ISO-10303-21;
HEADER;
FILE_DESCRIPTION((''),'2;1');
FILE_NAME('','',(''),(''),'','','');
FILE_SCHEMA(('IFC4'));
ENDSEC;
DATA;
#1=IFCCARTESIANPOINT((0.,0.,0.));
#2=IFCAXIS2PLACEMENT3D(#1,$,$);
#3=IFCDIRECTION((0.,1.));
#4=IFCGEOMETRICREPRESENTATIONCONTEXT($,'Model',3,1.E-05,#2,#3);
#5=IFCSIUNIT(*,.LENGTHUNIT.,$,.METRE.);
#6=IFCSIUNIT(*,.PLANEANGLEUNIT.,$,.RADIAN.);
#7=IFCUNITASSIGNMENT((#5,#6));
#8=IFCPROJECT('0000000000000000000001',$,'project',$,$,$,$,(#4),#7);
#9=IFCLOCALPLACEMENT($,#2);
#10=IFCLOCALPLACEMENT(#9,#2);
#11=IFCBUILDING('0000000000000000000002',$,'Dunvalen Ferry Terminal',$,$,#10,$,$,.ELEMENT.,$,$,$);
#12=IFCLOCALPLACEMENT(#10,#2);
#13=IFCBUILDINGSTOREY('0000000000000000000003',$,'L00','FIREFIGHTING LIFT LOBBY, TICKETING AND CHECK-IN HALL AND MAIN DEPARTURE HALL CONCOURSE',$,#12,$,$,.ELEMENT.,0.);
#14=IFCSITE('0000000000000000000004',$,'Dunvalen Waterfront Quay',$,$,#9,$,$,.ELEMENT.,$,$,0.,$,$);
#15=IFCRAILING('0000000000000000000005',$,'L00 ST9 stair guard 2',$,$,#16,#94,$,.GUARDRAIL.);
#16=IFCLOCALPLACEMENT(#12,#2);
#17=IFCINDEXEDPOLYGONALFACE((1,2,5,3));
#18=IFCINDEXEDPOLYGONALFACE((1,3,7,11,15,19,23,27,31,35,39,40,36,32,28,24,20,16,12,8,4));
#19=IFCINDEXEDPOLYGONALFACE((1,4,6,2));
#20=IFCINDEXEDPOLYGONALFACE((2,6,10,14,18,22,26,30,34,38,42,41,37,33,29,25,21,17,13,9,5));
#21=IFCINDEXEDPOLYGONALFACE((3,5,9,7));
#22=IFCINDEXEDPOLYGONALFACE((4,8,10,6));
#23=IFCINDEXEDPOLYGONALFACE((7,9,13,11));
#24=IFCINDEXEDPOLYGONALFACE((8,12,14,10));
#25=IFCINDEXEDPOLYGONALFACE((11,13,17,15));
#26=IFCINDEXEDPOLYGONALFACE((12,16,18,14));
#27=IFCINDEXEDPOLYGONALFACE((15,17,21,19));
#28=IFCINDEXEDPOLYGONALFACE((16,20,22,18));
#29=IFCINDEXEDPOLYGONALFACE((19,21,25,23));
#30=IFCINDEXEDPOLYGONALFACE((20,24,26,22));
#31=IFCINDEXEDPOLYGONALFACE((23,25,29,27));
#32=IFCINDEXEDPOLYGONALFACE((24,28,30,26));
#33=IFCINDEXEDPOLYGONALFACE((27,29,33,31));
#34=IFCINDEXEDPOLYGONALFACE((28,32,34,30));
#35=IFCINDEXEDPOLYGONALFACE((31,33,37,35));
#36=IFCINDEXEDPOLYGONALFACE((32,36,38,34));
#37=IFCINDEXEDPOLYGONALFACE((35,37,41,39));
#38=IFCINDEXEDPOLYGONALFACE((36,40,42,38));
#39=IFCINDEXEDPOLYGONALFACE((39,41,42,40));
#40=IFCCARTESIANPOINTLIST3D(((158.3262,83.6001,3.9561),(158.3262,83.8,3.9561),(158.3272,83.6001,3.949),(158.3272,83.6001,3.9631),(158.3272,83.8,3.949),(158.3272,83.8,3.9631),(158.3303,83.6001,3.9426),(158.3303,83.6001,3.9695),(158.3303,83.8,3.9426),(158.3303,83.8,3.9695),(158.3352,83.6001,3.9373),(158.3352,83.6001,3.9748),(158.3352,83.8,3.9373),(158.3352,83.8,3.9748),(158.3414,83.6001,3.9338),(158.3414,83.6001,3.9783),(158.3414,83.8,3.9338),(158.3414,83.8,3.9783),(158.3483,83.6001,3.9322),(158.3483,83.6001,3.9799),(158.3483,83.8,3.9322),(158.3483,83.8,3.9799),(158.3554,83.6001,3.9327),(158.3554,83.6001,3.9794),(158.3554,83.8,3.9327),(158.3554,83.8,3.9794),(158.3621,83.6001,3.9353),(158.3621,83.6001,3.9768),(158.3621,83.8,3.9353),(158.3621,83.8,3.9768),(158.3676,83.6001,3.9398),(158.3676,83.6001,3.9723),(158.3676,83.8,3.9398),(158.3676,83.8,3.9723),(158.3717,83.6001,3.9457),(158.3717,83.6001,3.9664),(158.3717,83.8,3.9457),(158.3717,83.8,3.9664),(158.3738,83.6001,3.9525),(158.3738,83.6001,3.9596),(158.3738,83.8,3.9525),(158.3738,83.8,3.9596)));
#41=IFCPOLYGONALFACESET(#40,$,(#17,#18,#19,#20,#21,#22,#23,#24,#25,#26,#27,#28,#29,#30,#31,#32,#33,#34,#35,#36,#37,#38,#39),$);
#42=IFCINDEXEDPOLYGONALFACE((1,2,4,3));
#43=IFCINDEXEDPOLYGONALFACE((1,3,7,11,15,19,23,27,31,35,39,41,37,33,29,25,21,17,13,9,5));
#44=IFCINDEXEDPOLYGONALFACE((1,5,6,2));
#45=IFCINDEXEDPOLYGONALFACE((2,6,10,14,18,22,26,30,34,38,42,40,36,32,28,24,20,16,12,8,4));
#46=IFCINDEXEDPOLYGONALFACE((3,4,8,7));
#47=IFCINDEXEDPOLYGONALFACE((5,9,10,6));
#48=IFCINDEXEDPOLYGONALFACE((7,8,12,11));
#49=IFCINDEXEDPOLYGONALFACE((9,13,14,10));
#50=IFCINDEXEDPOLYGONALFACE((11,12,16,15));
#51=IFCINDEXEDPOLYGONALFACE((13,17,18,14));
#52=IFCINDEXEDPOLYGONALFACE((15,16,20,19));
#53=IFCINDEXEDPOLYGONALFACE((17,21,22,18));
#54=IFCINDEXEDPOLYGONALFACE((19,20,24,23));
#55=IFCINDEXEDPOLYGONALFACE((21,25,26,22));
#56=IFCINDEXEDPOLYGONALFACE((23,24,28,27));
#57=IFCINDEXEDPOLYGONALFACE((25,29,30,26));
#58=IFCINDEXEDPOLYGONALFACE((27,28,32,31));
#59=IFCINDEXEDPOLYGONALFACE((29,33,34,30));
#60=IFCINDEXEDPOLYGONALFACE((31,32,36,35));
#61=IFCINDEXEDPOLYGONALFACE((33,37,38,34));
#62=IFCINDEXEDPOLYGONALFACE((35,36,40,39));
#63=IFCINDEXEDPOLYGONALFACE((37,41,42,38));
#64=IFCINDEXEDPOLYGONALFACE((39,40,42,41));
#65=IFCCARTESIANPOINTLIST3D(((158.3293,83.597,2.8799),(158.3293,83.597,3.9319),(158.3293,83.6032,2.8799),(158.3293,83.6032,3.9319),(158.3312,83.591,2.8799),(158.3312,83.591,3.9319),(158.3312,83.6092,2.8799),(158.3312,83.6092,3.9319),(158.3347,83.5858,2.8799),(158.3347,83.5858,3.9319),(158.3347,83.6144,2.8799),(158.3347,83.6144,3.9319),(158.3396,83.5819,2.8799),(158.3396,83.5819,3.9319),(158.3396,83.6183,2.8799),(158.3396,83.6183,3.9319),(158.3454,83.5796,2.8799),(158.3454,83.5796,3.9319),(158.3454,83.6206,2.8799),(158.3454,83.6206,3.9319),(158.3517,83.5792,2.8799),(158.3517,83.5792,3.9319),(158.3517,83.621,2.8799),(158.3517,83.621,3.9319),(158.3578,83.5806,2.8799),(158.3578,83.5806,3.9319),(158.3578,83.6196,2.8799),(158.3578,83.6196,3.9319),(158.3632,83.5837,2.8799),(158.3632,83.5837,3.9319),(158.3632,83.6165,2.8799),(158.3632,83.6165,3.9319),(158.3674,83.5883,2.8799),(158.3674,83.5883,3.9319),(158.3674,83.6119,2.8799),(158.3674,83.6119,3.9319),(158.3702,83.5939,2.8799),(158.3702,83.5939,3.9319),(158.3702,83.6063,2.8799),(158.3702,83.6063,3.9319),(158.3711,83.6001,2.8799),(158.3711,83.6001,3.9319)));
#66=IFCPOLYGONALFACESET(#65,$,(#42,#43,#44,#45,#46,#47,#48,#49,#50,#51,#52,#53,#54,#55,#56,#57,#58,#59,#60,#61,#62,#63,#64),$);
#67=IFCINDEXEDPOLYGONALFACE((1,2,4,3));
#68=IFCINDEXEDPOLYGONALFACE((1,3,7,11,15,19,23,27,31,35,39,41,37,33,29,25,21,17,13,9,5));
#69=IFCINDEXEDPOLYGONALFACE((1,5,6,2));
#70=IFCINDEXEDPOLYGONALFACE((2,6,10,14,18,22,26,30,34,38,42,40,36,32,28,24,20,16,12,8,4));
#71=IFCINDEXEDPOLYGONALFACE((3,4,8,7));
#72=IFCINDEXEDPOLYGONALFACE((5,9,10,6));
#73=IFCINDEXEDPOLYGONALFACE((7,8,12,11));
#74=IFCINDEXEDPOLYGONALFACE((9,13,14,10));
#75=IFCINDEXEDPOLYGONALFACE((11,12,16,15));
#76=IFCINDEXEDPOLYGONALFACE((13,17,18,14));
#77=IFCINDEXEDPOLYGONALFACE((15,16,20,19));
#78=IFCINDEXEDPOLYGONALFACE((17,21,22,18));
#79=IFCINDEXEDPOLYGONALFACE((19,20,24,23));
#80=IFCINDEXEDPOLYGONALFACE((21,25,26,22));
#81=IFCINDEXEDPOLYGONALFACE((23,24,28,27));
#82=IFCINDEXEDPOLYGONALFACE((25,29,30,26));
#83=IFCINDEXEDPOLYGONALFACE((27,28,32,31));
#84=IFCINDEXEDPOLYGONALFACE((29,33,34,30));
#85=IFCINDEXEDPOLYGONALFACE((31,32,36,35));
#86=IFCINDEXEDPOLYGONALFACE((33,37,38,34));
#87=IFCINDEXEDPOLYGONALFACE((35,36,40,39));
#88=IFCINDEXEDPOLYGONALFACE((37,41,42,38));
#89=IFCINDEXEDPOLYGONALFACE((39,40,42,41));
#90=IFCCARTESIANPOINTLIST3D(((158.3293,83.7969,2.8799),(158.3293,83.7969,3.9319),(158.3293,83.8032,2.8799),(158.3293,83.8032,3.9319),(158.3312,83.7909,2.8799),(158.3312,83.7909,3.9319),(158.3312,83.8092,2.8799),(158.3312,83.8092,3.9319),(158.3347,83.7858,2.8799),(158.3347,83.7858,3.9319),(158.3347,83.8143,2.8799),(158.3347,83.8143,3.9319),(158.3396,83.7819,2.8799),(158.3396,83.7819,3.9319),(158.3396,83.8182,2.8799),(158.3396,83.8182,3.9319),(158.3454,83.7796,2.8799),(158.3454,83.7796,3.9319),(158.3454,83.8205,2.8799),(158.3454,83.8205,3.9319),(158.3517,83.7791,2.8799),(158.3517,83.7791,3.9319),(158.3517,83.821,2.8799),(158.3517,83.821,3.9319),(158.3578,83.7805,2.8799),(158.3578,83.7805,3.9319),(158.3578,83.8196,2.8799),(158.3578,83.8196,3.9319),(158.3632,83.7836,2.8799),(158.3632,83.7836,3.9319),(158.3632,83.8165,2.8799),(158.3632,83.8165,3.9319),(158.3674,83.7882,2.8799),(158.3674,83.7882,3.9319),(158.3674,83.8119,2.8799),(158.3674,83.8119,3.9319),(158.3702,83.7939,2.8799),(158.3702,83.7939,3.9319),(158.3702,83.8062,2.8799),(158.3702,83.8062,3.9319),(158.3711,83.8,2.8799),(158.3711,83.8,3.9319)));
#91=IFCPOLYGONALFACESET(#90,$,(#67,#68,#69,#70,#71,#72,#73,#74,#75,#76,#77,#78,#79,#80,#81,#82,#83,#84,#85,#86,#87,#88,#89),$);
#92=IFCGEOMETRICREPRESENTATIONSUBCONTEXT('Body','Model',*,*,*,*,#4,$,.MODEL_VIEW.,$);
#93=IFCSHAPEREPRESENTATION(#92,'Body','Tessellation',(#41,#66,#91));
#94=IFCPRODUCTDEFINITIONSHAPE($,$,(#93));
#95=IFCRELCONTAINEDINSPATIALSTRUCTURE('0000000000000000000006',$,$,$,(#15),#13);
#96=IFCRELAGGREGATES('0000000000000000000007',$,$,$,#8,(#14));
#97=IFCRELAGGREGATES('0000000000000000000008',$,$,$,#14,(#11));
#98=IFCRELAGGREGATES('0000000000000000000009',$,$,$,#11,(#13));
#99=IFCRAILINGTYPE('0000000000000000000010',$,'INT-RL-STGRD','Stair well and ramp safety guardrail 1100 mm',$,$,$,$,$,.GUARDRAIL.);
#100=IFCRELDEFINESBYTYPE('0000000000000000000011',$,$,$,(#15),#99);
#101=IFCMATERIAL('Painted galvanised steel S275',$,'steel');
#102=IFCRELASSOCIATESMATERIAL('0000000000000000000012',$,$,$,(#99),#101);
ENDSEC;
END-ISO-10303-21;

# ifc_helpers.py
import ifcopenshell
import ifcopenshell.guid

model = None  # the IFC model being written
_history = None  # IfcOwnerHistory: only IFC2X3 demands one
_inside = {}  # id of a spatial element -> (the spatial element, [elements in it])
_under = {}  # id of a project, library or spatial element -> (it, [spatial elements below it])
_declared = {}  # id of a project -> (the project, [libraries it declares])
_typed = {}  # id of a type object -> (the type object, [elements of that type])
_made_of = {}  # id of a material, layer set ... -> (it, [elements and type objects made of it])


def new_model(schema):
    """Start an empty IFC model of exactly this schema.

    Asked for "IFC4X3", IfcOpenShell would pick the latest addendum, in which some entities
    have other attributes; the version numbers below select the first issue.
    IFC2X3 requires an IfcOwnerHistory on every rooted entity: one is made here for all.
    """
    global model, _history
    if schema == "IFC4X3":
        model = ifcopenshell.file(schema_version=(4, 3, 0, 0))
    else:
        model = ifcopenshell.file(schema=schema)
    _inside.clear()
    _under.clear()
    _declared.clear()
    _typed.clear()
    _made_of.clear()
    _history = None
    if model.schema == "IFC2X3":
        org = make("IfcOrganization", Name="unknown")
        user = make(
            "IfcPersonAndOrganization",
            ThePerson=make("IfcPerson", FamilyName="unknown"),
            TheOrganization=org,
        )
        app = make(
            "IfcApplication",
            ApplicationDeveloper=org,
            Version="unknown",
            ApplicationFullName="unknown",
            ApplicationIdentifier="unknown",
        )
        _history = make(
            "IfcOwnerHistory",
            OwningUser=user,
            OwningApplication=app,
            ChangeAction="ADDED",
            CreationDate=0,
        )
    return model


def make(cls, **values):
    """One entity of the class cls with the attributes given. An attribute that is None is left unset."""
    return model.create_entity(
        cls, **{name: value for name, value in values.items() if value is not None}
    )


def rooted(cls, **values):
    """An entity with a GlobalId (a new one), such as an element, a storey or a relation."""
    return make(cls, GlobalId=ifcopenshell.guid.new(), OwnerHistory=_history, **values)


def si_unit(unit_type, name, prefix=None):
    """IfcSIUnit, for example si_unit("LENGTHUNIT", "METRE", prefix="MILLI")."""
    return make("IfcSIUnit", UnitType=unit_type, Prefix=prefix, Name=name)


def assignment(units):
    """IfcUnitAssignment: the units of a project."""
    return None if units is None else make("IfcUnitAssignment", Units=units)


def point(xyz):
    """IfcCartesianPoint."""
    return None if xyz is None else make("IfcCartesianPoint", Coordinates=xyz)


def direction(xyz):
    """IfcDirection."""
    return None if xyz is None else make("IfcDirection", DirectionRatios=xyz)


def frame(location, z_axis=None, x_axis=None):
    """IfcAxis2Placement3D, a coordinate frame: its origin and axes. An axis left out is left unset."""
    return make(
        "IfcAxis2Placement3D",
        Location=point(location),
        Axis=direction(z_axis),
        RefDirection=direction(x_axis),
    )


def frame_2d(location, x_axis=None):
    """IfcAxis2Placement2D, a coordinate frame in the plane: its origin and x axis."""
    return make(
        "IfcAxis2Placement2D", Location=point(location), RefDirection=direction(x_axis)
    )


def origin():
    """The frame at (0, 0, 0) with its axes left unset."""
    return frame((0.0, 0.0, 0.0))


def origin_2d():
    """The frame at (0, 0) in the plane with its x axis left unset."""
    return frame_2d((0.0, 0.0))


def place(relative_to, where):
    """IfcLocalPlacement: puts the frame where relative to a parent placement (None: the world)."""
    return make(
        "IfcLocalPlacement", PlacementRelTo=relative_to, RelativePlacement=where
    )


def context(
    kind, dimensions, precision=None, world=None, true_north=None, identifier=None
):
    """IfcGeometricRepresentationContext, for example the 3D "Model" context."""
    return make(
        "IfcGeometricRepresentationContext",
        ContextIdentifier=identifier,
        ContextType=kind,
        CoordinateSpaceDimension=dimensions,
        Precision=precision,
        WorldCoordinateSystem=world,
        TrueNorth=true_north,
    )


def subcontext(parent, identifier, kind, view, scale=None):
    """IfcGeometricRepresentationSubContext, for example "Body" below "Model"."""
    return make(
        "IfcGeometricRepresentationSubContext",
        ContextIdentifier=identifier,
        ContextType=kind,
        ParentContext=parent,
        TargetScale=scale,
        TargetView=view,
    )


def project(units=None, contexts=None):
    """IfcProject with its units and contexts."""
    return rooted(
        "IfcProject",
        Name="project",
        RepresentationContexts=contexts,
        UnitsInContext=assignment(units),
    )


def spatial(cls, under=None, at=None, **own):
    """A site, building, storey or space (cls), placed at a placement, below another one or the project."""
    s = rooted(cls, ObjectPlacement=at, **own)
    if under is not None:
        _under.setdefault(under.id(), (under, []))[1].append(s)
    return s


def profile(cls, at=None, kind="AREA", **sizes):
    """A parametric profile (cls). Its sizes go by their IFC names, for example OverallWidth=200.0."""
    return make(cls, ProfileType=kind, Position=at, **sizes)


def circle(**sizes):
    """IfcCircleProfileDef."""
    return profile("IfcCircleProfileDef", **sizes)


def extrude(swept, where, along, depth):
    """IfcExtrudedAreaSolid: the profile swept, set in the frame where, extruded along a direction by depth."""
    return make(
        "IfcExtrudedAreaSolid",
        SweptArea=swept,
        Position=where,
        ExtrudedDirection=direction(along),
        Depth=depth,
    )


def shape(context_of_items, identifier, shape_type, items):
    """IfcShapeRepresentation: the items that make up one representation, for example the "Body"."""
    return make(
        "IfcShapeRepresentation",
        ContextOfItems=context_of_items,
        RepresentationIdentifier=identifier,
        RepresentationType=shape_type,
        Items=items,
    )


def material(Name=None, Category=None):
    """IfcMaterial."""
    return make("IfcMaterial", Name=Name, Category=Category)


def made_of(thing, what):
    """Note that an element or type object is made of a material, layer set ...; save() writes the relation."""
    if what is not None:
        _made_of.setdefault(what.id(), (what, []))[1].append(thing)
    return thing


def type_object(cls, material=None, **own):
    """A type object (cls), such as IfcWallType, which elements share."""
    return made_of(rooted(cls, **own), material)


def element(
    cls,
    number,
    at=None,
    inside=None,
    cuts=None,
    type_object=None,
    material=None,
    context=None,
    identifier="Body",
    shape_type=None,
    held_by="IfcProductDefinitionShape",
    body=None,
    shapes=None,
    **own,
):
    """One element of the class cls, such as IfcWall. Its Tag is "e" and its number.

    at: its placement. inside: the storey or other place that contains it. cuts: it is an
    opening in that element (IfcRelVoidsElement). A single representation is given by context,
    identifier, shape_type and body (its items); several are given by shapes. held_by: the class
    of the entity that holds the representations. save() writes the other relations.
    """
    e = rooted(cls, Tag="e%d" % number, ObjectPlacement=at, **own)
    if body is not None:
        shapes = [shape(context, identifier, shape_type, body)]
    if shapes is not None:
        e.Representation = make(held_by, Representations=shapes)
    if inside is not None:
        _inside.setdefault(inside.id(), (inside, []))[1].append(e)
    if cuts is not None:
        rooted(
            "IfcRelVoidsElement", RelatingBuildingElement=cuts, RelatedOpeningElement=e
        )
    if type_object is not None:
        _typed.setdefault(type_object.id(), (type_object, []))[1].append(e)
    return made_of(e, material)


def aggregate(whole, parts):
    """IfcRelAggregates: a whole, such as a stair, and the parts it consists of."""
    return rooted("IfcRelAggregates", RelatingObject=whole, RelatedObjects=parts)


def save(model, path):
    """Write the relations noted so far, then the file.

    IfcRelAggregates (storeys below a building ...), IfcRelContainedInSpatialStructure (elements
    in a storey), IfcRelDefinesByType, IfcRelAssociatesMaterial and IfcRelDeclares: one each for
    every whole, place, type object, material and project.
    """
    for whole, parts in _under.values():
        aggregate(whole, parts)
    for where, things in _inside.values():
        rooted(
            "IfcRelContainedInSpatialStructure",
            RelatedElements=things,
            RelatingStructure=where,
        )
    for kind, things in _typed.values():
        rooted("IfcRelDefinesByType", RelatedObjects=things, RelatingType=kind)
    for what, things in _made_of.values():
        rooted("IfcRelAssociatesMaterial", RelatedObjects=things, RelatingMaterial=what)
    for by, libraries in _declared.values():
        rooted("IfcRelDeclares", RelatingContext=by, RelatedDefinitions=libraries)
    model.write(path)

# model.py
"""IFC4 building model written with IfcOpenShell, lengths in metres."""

from ifc_helpers import new_model, si_unit, direction, frame, origin, origin_2d, place, context, subcontext, project, spatial, circle, extrude, material, type_object, element, save


model = new_model("IFC4")

# Units and contexts
model_context = context("Model", 3, precision=1e-05, world=origin(), true_north=direction((0.0, 1.0)))
body_context = subcontext(model_context, "Body", "Model", "MODEL_VIEW")
ifc_project = project(units=[si_unit("LENGTHUNIT", "METRE"), si_unit("PLANEANGLEUNIT", "RADIAN")], contexts=[model_context])

# Site, building, storey
site_placement = place(None, origin())
site = spatial("IfcSite", under=ifc_project, at=site_placement, Name="Dunvalen Waterfront Quay", CompositionType="ELEMENT", RefElevation=0.0)
building_placement = place(site_placement, origin())
building = spatial("IfcBuilding", under=site, at=building_placement, Name="Dunvalen Ferry Terminal", CompositionType="ELEMENT")
storey_placement = place(building_placement, origin())
storey = spatial("IfcBuildingStorey", under=building, at=storey_placement, Name="L00", Description="FIREFIGHTING LIFT LOBBY, TICKETING AND CHECK-IN HALL AND MAIN DEPARTURE HALL CONCOURSE", CompositionType="ELEMENT", Elevation=0.0)

# Railing
ifc_material_1 = material(Name="Painted galvanised steel S275", Category="steel")
railing_type = type_object("IfcRailingType", Name="INT-RL-STGRD", Description="Stair well and ramp safety guardrail 1100 mm", PredefinedType="GUARDRAIL", material=ifc_material_1)
railing_1_placement = place(storey_placement, frame((158.3501, 83.6001, 2.8799)))
element("IfcRailing", 1, at=railing_1_placement, inside=storey, type_object=railing_type, Name="L00 ST9 stair guard 2", PredefinedType="GUARDRAIL", context=body_context, shape_type="SweptSolid", body=[
    extrude(circle(Radius=0.0239, at=origin_2d()), frame((0.0, 0.0, 1.0762), z_axis=(0.0, 1.0, 0.0), x_axis=(-1.0, 0.0, 0.0)), (0.0, 0.0, 1.0), 0.2),
    extrude(circle(Radius=0.021, at=origin_2d()), origin(), (0.0, 0.0, 1.0), 1.052),
    extrude(circle(Radius=0.021, at=origin_2d()), frame((0.0, 0.2, 0.0)), (0.0, 0.0, 1.0), 1.052),
])

save(model, "model.ifc")
